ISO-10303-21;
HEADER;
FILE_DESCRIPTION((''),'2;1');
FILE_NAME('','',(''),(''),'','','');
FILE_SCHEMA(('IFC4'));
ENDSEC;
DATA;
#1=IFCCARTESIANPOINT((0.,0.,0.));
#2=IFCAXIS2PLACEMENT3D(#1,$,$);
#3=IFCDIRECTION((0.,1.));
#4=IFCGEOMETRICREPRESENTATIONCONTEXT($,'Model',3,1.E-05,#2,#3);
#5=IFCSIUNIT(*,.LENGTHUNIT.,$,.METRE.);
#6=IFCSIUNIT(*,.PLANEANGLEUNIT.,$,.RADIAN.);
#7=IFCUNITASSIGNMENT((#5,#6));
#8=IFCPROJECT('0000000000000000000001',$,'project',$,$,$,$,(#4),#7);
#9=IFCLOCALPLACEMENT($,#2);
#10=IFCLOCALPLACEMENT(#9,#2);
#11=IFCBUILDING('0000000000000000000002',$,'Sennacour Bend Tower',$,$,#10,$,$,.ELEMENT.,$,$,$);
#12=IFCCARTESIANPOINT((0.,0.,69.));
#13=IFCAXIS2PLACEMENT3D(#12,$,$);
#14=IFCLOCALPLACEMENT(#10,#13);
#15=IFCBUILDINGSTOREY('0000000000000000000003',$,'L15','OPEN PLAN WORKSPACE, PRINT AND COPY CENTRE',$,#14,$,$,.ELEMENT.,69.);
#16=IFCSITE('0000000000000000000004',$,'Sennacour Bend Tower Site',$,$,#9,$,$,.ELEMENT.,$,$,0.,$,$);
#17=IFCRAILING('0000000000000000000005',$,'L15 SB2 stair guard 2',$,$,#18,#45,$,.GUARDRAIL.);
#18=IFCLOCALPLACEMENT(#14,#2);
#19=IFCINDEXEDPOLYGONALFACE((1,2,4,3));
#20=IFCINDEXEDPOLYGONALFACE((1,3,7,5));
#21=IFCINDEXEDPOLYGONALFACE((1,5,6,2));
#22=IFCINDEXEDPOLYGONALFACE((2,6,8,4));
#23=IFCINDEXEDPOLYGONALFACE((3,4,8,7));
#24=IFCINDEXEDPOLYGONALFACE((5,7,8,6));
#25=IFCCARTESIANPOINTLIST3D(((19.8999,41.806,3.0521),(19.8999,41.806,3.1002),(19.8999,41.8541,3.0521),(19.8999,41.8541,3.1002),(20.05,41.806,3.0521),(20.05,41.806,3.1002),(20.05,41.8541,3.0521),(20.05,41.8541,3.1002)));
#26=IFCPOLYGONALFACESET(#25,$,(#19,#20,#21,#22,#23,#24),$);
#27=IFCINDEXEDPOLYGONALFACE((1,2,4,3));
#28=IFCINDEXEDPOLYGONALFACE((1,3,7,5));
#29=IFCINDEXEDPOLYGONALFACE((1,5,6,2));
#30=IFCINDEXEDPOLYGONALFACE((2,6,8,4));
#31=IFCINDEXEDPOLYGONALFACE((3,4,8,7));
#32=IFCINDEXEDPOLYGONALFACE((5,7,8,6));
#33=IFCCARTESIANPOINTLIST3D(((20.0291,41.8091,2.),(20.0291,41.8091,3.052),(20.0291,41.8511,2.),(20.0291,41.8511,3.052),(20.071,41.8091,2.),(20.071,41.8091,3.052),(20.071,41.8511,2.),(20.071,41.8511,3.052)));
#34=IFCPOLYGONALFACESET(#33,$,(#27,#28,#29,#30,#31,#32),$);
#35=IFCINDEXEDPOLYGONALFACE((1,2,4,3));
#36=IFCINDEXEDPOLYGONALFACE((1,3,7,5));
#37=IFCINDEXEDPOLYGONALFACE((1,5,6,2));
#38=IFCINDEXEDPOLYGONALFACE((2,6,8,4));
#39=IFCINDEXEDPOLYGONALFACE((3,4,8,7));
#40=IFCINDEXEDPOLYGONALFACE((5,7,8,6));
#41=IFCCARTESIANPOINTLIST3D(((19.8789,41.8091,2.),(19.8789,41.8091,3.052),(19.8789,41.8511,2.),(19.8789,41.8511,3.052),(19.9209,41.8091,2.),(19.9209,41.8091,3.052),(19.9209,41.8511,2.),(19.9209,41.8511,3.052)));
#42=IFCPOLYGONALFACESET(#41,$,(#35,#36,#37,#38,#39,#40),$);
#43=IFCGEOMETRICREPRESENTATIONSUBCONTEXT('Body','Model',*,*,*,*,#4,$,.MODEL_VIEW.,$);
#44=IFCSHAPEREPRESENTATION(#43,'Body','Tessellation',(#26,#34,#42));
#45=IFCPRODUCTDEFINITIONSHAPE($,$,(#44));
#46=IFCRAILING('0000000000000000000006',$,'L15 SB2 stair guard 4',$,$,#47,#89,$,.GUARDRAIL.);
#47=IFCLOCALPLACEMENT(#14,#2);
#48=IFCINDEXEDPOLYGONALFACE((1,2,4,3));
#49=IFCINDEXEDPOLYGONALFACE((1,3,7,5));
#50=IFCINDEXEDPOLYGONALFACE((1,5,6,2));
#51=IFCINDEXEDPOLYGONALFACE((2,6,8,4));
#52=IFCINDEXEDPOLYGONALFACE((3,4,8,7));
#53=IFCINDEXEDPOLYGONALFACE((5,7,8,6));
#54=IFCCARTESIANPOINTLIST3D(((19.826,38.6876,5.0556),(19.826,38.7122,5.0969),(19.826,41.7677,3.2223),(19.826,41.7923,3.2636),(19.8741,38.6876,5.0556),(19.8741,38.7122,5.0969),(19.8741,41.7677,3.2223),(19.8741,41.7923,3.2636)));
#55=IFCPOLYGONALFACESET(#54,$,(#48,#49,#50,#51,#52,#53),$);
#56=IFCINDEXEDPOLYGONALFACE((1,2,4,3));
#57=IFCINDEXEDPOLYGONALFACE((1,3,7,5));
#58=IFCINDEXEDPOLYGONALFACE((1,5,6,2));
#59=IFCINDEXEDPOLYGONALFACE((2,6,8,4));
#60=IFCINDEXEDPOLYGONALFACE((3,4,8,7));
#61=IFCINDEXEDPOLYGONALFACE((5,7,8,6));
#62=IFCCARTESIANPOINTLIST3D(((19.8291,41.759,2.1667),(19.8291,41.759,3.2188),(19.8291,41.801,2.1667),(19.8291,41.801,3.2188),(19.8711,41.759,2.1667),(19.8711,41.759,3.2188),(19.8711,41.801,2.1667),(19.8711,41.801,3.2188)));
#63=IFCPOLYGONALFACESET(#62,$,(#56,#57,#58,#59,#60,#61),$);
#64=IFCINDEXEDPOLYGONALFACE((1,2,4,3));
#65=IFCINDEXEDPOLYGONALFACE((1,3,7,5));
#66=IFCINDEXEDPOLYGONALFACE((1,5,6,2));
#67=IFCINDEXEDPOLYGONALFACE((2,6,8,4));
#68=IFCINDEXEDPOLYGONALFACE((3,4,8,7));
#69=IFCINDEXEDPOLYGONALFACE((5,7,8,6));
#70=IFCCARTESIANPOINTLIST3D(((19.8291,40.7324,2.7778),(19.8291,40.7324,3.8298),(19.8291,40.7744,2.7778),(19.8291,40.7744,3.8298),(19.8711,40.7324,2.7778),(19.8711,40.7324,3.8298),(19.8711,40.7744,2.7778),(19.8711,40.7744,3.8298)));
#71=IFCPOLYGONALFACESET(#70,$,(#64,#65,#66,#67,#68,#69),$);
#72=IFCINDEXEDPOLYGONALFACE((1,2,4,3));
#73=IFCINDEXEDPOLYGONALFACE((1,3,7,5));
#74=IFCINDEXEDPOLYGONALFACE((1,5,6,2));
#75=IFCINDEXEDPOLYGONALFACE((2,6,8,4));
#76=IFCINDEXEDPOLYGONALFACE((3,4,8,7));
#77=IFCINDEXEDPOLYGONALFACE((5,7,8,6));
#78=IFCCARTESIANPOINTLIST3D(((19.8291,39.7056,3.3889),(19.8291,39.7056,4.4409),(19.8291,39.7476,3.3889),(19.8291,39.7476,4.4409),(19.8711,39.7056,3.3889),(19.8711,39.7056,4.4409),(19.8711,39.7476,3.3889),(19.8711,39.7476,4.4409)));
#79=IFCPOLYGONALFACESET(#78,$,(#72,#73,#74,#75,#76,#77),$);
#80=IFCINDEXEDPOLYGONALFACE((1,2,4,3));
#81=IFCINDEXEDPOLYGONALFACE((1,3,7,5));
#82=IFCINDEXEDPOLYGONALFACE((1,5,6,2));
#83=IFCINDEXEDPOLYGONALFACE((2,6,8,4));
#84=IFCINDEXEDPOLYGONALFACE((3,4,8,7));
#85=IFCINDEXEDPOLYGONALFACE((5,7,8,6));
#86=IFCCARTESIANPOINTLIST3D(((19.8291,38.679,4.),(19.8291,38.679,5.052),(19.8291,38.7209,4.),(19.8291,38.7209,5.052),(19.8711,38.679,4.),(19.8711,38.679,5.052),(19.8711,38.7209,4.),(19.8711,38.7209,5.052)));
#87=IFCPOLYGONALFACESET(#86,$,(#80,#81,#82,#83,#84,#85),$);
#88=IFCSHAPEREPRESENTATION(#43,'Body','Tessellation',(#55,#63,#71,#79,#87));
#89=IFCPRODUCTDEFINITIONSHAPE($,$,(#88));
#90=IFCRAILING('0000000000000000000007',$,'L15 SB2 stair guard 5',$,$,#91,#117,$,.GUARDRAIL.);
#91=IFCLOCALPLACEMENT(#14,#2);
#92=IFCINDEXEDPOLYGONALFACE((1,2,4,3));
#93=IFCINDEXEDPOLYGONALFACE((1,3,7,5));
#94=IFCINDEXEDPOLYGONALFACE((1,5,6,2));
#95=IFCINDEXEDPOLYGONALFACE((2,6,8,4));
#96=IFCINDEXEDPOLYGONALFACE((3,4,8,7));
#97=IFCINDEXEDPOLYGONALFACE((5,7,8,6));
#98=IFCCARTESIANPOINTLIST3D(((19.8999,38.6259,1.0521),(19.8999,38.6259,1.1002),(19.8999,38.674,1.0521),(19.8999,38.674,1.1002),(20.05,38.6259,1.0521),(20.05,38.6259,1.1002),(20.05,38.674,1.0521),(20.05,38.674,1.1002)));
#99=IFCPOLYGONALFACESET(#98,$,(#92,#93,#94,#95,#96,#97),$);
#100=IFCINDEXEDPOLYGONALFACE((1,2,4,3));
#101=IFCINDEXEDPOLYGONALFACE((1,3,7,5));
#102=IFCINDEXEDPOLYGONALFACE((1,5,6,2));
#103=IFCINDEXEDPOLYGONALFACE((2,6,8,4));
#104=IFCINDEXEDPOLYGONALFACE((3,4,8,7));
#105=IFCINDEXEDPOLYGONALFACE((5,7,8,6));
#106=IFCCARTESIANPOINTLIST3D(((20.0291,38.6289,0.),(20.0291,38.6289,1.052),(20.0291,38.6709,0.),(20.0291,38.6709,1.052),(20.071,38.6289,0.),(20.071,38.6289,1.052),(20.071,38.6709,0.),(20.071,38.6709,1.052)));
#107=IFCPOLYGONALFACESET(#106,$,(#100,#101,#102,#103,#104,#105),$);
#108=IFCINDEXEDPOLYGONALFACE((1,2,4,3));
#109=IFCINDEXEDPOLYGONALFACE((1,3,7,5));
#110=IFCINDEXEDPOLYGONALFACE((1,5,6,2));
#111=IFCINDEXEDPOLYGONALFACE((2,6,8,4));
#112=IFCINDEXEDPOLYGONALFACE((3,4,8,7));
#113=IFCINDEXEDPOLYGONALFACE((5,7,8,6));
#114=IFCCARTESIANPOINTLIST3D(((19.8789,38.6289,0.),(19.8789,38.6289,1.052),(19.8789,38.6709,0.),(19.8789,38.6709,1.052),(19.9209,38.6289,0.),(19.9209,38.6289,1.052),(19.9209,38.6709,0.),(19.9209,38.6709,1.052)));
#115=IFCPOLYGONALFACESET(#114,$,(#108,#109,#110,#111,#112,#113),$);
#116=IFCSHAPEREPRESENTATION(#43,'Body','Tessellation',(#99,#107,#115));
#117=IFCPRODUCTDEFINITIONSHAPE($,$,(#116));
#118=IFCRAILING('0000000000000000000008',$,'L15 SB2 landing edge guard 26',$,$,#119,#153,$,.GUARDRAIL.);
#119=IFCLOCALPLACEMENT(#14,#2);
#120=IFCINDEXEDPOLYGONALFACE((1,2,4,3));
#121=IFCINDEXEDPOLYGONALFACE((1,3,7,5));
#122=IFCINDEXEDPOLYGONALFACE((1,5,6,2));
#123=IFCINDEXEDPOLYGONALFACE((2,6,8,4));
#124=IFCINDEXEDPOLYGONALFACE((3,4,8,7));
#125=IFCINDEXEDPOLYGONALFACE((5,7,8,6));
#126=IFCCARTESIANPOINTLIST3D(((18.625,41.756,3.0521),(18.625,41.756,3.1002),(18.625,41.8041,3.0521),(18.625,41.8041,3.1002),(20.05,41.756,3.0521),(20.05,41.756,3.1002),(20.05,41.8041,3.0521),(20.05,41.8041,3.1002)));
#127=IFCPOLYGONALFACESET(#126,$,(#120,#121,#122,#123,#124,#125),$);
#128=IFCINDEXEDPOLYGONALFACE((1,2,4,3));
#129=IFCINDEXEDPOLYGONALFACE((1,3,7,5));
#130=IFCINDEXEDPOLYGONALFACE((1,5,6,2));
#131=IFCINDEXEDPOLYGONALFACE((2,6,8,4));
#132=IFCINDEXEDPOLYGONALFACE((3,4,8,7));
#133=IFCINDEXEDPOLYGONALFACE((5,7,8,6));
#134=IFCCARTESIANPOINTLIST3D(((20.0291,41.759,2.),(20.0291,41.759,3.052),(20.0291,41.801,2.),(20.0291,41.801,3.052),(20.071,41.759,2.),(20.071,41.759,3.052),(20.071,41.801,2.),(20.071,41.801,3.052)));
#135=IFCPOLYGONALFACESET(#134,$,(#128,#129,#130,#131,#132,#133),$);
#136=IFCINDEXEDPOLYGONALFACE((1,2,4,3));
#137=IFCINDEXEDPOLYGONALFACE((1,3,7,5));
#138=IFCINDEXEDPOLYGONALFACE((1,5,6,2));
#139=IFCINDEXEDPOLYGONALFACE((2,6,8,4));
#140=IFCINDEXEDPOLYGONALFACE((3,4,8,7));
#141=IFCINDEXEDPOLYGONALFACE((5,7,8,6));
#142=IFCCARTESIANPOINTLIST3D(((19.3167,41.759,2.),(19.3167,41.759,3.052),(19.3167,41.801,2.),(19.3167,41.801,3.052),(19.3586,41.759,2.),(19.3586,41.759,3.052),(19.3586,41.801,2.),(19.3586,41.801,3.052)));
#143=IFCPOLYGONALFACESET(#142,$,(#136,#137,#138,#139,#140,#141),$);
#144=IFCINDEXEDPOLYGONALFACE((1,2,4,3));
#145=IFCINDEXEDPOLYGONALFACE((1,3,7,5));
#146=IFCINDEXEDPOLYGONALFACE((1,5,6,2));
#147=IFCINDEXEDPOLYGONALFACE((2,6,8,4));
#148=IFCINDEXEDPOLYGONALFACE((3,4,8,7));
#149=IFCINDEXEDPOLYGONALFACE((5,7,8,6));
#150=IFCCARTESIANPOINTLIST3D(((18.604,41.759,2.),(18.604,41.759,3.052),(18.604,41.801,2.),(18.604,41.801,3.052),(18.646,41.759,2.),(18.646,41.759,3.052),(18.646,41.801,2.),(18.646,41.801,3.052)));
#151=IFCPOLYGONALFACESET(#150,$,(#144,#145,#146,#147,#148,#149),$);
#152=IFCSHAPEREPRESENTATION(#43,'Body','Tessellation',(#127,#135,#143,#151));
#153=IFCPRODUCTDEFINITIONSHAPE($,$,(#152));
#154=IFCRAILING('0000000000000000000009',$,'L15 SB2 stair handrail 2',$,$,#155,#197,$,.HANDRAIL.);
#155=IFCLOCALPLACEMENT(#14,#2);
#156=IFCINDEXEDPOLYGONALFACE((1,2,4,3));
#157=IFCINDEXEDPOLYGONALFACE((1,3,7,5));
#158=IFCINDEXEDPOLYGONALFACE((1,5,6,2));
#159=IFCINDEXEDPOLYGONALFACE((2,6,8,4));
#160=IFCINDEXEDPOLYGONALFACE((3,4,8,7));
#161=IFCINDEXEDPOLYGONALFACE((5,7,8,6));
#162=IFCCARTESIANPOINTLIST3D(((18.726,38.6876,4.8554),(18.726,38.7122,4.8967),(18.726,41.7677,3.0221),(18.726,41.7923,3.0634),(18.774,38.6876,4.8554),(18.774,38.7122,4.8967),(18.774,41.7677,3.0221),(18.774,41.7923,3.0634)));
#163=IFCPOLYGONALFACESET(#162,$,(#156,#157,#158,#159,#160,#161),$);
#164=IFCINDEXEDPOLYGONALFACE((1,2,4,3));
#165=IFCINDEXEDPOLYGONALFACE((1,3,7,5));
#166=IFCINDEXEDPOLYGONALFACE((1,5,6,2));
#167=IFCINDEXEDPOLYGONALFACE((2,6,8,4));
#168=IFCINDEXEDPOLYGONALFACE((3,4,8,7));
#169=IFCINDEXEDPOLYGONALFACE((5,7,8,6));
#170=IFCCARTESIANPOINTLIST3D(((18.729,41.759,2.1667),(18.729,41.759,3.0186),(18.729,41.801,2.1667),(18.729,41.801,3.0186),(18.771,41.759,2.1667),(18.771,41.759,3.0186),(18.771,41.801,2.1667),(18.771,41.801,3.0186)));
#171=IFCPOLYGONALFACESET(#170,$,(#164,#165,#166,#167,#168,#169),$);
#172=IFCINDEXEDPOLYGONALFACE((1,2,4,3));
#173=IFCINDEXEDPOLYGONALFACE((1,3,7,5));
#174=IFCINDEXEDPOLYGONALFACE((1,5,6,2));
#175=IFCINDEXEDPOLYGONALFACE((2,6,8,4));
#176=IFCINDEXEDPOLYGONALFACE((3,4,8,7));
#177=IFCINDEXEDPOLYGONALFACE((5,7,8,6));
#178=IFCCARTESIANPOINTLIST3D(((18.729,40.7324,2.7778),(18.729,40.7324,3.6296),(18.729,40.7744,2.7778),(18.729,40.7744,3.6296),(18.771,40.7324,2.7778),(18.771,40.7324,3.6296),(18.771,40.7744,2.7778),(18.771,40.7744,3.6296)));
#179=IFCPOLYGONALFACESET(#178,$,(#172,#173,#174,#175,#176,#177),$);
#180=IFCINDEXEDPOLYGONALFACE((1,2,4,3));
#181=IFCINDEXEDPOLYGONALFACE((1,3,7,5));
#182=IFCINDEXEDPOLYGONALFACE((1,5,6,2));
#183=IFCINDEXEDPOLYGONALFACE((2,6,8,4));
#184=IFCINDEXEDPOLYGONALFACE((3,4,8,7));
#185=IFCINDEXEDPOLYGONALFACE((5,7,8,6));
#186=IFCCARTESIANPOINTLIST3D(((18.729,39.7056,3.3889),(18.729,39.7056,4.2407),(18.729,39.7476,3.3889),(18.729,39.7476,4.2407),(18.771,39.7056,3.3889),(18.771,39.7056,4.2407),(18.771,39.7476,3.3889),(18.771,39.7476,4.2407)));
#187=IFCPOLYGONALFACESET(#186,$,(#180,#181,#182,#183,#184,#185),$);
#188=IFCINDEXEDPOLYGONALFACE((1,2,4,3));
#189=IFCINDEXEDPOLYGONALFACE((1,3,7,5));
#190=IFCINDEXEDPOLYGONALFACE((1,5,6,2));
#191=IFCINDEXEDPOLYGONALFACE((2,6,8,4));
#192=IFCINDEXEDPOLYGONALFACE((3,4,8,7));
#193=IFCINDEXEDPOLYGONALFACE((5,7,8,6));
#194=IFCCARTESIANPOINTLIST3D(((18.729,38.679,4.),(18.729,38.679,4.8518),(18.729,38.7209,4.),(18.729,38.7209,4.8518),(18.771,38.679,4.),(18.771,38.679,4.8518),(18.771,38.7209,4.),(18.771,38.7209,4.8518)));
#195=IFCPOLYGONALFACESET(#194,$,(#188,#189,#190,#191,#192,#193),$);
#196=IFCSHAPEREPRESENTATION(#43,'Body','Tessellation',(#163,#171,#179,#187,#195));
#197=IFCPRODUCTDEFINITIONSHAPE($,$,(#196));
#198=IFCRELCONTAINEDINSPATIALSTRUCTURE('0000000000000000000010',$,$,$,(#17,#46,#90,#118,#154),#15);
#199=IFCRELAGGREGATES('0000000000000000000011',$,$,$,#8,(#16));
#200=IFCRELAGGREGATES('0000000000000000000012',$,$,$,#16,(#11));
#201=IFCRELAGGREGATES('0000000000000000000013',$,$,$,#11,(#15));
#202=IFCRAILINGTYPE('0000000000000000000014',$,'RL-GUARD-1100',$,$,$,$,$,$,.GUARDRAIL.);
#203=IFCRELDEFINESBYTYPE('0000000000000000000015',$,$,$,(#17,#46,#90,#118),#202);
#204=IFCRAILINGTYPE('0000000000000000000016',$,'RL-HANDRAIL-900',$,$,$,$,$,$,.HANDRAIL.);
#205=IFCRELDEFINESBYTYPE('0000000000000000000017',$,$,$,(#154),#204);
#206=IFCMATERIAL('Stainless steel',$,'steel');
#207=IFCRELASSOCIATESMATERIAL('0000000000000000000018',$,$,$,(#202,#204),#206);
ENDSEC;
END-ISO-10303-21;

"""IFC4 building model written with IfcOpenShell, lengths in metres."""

from ifc_helpers import new_model, si_unit, direction, frame, origin, origin_2d, place, context, subcontext, project, spatial, rectangle, extrude, material, type_object, element, save


model = new_model("IFC4")

# Units and contexts
model_context = context("Model", 3, precision=1e-05, world=origin(), true_north=direction((0.0, 1.0)))
body_context = subcontext(model_context, "Body", "Model", "MODEL_VIEW")
ifc_project = project(units=[si_unit("LENGTHUNIT", "METRE"), si_unit("PLANEANGLEUNIT", "RADIAN")], contexts=[model_context])

# Site, building, storey
site_placement = place(None, origin())
site = spatial("IfcSite", under=ifc_project, at=site_placement, Name="Sennacour Bend Tower Site", CompositionType="ELEMENT", RefElevation=0.0)
building_placement = place(site_placement, origin())
building = spatial("IfcBuilding", under=site, at=building_placement, Name="Sennacour Bend Tower", CompositionType="ELEMENT")
storey_placement = place(building_placement, frame((0.0, 0.0, 69.0)))
storey = spatial("IfcBuildingStorey", under=building, at=storey_placement, Name="L15", Description="OPEN PLAN WORKSPACE, PRINT AND COPY CENTRE", CompositionType="ELEMENT", Elevation=69.0)

# Shared definitions
ifc_material_1 = material(Name="Stainless steel", Category="steel")

# Railings
railing_type_1 = type_object("IfcRailingType", Name="RL-GUARD-1100", PredefinedType="GUARDRAIL", material=ifc_material_1)
railing_1_placement = place(storey_placement, frame((20.05, 41.8301, 2.0)))
element("IfcRailing", 1, at=railing_1_placement, inside=storey, type_object=railing_type_1, Name="L15 SB2 stair guard 2", PredefinedType="GUARDRAIL", context=body_context, shape_type="SweptSolid", body=[
    extrude(rectangle(XDim=0.0481, YDim=0.0481, at=origin_2d()), frame((0.0, 0.0, 1.0762), z_axis=(-1.0, 0.0, 0.0), x_axis=(0.0, -1.0, 0.0)), (0.0, 0.0, 1.0), 0.1501),
    extrude(rectangle(XDim=0.042, YDim=0.042, at=origin_2d()), origin(), (0.0, 0.0, 1.0), 1.052),
    extrude(rectangle(XDim=0.042, YDim=0.042, at=origin_2d()), frame((-0.1501, 0.0, 0.0)), (0.0, 0.0, 1.0), 1.052),
])
railing_2_placement = place(storey_placement, frame((19.8501, 41.78, 2.1667)))
element("IfcRailing", 2, at=railing_2_placement, inside=storey, type_object=railing_type_1, Name="L15 SB2 stair guard 4", PredefinedType="GUARDRAIL", context=body_context, shape_type="SweptSolid", body=[
    extrude(rectangle(XDim=0.0481, YDim=0.0481, at=origin_2d()), frame((0.0, 0.0, 1.0762), z_axis=(0.0, -0.859309, 0.511458), x_axis=(1.0, 0.0, 0.0)), (0.0, 0.0, 1.0), 3.5845),
    extrude(rectangle(XDim=0.042, YDim=0.042, at=origin_2d()), origin(), (0.0, 0.0, 1.0), 1.052),
    extrude(rectangle(XDim=0.042, YDim=0.042, at=origin_2d()), frame((0.0, -1.0266, 0.6111)), (0.0, 0.0, 1.0), 1.052),
    extrude(rectangle(XDim=0.042, YDim=0.042, at=origin_2d()), frame((0.0, -2.0535, 1.2222)), (0.0, 0.0, 1.0), 1.052),
    extrude(rectangle(XDim=0.042, YDim=0.042, at=origin_2d()), frame((0.0, -3.0801, 1.8333)), (0.0, 0.0, 1.0), 1.052),
])
railing_3_placement = place(storey_placement, frame((20.05, 38.6499, 0.0)))
element("IfcRailing", 3, at=railing_3_placement, inside=storey, type_object=railing_type_1, Name="L15 SB2 stair guard 5", PredefinedType="GUARDRAIL", context=body_context, shape_type="SweptSolid", body=[
    extrude(rectangle(XDim=0.0481, YDim=0.0481, at=origin_2d()), frame((0.0, 0.0, 1.0762), z_axis=(-1.0, 0.0, 0.0), x_axis=(0.0, -1.0, 0.0)), (0.0, 0.0, 1.0), 0.1501),
    extrude(rectangle(XDim=0.042, YDim=0.042, at=origin_2d()), origin(), (0.0, 0.0, 1.0), 1.052),
    extrude(rectangle(XDim=0.042, YDim=0.042, at=origin_2d()), frame((-0.1501, 0.0, 0.0)), (0.0, 0.0, 1.0), 1.052),
])
railing_4_placement = place(storey_placement, frame((20.05, 41.78, 2.0)))
element("IfcRailing", 4, at=railing_4_placement, inside=storey, type_object=railing_type_1, Name="L15 SB2 landing edge guard 26", PredefinedType="GUARDRAIL", context=body_context, shape_type="SweptSolid", body=[
    extrude(rectangle(XDim=0.0481, YDim=0.0481, at=origin_2d()), frame((0.0, 0.0, 1.0762), z_axis=(-1.0, 0.0, 0.0), x_axis=(0.0, -1.0, 0.0)), (0.0, 0.0, 1.0), 1.425),
    extrude(rectangle(XDim=0.042, YDim=0.042, at=origin_2d()), origin(), (0.0, 0.0, 1.0), 1.052),
    extrude(rectangle(XDim=0.042, YDim=0.042, at=origin_2d()), frame((-0.7124, 0.0, 0.0)), (0.0, 0.0, 1.0), 1.052),
    extrude(rectangle(XDim=0.042, YDim=0.042, at=origin_2d()), frame((-1.425, 0.0, 0.0)), (0.0, 0.0, 1.0), 1.052),
])
railing_type_2 = type_object("IfcRailingType", Name="RL-HANDRAIL-900", PredefinedType="HANDRAIL", material=ifc_material_1)
railing_5_placement = place(storey_placement, frame((18.75, 41.78, 2.1667)))
element("IfcRailing", 5, at=railing_5_placement, inside=storey, type_object=railing_type_2, Name="L15 SB2 stair handrail 2", PredefinedType="HANDRAIL", context=body_context, shape_type="SweptSolid", body=[
    extrude(rectangle(XDim=0.0481, YDim=0.0481, at=origin_2d()), frame((0.0, 0.0, 0.876), z_axis=(0.0, -0.859309, 0.511458), x_axis=(1.0, 0.0, 0.0)), (0.0, 0.0, 1.0), 3.5845),
    extrude(rectangle(XDim=0.042, YDim=0.042, at=origin_2d()), origin(), (0.0, 0.0, 1.0), 0.8518),
    extrude(rectangle(XDim=0.042, YDim=0.042, at=origin_2d()), frame((0.0, -1.0266, 0.6111)), (0.0, 0.0, 1.0), 0.8518),
    extrude(rectangle(XDim=0.042, YDim=0.042, at=origin_2d()), frame((0.0, -2.0535, 1.2222)), (0.0, 0.0, 1.0), 0.8518),
    extrude(rectangle(XDim=0.042, YDim=0.042, at=origin_2d()), frame((0.0, -3.0801, 1.8333)), (0.0, 0.0, 1.0), 0.8518),
])

save(model, "model.ifc")
